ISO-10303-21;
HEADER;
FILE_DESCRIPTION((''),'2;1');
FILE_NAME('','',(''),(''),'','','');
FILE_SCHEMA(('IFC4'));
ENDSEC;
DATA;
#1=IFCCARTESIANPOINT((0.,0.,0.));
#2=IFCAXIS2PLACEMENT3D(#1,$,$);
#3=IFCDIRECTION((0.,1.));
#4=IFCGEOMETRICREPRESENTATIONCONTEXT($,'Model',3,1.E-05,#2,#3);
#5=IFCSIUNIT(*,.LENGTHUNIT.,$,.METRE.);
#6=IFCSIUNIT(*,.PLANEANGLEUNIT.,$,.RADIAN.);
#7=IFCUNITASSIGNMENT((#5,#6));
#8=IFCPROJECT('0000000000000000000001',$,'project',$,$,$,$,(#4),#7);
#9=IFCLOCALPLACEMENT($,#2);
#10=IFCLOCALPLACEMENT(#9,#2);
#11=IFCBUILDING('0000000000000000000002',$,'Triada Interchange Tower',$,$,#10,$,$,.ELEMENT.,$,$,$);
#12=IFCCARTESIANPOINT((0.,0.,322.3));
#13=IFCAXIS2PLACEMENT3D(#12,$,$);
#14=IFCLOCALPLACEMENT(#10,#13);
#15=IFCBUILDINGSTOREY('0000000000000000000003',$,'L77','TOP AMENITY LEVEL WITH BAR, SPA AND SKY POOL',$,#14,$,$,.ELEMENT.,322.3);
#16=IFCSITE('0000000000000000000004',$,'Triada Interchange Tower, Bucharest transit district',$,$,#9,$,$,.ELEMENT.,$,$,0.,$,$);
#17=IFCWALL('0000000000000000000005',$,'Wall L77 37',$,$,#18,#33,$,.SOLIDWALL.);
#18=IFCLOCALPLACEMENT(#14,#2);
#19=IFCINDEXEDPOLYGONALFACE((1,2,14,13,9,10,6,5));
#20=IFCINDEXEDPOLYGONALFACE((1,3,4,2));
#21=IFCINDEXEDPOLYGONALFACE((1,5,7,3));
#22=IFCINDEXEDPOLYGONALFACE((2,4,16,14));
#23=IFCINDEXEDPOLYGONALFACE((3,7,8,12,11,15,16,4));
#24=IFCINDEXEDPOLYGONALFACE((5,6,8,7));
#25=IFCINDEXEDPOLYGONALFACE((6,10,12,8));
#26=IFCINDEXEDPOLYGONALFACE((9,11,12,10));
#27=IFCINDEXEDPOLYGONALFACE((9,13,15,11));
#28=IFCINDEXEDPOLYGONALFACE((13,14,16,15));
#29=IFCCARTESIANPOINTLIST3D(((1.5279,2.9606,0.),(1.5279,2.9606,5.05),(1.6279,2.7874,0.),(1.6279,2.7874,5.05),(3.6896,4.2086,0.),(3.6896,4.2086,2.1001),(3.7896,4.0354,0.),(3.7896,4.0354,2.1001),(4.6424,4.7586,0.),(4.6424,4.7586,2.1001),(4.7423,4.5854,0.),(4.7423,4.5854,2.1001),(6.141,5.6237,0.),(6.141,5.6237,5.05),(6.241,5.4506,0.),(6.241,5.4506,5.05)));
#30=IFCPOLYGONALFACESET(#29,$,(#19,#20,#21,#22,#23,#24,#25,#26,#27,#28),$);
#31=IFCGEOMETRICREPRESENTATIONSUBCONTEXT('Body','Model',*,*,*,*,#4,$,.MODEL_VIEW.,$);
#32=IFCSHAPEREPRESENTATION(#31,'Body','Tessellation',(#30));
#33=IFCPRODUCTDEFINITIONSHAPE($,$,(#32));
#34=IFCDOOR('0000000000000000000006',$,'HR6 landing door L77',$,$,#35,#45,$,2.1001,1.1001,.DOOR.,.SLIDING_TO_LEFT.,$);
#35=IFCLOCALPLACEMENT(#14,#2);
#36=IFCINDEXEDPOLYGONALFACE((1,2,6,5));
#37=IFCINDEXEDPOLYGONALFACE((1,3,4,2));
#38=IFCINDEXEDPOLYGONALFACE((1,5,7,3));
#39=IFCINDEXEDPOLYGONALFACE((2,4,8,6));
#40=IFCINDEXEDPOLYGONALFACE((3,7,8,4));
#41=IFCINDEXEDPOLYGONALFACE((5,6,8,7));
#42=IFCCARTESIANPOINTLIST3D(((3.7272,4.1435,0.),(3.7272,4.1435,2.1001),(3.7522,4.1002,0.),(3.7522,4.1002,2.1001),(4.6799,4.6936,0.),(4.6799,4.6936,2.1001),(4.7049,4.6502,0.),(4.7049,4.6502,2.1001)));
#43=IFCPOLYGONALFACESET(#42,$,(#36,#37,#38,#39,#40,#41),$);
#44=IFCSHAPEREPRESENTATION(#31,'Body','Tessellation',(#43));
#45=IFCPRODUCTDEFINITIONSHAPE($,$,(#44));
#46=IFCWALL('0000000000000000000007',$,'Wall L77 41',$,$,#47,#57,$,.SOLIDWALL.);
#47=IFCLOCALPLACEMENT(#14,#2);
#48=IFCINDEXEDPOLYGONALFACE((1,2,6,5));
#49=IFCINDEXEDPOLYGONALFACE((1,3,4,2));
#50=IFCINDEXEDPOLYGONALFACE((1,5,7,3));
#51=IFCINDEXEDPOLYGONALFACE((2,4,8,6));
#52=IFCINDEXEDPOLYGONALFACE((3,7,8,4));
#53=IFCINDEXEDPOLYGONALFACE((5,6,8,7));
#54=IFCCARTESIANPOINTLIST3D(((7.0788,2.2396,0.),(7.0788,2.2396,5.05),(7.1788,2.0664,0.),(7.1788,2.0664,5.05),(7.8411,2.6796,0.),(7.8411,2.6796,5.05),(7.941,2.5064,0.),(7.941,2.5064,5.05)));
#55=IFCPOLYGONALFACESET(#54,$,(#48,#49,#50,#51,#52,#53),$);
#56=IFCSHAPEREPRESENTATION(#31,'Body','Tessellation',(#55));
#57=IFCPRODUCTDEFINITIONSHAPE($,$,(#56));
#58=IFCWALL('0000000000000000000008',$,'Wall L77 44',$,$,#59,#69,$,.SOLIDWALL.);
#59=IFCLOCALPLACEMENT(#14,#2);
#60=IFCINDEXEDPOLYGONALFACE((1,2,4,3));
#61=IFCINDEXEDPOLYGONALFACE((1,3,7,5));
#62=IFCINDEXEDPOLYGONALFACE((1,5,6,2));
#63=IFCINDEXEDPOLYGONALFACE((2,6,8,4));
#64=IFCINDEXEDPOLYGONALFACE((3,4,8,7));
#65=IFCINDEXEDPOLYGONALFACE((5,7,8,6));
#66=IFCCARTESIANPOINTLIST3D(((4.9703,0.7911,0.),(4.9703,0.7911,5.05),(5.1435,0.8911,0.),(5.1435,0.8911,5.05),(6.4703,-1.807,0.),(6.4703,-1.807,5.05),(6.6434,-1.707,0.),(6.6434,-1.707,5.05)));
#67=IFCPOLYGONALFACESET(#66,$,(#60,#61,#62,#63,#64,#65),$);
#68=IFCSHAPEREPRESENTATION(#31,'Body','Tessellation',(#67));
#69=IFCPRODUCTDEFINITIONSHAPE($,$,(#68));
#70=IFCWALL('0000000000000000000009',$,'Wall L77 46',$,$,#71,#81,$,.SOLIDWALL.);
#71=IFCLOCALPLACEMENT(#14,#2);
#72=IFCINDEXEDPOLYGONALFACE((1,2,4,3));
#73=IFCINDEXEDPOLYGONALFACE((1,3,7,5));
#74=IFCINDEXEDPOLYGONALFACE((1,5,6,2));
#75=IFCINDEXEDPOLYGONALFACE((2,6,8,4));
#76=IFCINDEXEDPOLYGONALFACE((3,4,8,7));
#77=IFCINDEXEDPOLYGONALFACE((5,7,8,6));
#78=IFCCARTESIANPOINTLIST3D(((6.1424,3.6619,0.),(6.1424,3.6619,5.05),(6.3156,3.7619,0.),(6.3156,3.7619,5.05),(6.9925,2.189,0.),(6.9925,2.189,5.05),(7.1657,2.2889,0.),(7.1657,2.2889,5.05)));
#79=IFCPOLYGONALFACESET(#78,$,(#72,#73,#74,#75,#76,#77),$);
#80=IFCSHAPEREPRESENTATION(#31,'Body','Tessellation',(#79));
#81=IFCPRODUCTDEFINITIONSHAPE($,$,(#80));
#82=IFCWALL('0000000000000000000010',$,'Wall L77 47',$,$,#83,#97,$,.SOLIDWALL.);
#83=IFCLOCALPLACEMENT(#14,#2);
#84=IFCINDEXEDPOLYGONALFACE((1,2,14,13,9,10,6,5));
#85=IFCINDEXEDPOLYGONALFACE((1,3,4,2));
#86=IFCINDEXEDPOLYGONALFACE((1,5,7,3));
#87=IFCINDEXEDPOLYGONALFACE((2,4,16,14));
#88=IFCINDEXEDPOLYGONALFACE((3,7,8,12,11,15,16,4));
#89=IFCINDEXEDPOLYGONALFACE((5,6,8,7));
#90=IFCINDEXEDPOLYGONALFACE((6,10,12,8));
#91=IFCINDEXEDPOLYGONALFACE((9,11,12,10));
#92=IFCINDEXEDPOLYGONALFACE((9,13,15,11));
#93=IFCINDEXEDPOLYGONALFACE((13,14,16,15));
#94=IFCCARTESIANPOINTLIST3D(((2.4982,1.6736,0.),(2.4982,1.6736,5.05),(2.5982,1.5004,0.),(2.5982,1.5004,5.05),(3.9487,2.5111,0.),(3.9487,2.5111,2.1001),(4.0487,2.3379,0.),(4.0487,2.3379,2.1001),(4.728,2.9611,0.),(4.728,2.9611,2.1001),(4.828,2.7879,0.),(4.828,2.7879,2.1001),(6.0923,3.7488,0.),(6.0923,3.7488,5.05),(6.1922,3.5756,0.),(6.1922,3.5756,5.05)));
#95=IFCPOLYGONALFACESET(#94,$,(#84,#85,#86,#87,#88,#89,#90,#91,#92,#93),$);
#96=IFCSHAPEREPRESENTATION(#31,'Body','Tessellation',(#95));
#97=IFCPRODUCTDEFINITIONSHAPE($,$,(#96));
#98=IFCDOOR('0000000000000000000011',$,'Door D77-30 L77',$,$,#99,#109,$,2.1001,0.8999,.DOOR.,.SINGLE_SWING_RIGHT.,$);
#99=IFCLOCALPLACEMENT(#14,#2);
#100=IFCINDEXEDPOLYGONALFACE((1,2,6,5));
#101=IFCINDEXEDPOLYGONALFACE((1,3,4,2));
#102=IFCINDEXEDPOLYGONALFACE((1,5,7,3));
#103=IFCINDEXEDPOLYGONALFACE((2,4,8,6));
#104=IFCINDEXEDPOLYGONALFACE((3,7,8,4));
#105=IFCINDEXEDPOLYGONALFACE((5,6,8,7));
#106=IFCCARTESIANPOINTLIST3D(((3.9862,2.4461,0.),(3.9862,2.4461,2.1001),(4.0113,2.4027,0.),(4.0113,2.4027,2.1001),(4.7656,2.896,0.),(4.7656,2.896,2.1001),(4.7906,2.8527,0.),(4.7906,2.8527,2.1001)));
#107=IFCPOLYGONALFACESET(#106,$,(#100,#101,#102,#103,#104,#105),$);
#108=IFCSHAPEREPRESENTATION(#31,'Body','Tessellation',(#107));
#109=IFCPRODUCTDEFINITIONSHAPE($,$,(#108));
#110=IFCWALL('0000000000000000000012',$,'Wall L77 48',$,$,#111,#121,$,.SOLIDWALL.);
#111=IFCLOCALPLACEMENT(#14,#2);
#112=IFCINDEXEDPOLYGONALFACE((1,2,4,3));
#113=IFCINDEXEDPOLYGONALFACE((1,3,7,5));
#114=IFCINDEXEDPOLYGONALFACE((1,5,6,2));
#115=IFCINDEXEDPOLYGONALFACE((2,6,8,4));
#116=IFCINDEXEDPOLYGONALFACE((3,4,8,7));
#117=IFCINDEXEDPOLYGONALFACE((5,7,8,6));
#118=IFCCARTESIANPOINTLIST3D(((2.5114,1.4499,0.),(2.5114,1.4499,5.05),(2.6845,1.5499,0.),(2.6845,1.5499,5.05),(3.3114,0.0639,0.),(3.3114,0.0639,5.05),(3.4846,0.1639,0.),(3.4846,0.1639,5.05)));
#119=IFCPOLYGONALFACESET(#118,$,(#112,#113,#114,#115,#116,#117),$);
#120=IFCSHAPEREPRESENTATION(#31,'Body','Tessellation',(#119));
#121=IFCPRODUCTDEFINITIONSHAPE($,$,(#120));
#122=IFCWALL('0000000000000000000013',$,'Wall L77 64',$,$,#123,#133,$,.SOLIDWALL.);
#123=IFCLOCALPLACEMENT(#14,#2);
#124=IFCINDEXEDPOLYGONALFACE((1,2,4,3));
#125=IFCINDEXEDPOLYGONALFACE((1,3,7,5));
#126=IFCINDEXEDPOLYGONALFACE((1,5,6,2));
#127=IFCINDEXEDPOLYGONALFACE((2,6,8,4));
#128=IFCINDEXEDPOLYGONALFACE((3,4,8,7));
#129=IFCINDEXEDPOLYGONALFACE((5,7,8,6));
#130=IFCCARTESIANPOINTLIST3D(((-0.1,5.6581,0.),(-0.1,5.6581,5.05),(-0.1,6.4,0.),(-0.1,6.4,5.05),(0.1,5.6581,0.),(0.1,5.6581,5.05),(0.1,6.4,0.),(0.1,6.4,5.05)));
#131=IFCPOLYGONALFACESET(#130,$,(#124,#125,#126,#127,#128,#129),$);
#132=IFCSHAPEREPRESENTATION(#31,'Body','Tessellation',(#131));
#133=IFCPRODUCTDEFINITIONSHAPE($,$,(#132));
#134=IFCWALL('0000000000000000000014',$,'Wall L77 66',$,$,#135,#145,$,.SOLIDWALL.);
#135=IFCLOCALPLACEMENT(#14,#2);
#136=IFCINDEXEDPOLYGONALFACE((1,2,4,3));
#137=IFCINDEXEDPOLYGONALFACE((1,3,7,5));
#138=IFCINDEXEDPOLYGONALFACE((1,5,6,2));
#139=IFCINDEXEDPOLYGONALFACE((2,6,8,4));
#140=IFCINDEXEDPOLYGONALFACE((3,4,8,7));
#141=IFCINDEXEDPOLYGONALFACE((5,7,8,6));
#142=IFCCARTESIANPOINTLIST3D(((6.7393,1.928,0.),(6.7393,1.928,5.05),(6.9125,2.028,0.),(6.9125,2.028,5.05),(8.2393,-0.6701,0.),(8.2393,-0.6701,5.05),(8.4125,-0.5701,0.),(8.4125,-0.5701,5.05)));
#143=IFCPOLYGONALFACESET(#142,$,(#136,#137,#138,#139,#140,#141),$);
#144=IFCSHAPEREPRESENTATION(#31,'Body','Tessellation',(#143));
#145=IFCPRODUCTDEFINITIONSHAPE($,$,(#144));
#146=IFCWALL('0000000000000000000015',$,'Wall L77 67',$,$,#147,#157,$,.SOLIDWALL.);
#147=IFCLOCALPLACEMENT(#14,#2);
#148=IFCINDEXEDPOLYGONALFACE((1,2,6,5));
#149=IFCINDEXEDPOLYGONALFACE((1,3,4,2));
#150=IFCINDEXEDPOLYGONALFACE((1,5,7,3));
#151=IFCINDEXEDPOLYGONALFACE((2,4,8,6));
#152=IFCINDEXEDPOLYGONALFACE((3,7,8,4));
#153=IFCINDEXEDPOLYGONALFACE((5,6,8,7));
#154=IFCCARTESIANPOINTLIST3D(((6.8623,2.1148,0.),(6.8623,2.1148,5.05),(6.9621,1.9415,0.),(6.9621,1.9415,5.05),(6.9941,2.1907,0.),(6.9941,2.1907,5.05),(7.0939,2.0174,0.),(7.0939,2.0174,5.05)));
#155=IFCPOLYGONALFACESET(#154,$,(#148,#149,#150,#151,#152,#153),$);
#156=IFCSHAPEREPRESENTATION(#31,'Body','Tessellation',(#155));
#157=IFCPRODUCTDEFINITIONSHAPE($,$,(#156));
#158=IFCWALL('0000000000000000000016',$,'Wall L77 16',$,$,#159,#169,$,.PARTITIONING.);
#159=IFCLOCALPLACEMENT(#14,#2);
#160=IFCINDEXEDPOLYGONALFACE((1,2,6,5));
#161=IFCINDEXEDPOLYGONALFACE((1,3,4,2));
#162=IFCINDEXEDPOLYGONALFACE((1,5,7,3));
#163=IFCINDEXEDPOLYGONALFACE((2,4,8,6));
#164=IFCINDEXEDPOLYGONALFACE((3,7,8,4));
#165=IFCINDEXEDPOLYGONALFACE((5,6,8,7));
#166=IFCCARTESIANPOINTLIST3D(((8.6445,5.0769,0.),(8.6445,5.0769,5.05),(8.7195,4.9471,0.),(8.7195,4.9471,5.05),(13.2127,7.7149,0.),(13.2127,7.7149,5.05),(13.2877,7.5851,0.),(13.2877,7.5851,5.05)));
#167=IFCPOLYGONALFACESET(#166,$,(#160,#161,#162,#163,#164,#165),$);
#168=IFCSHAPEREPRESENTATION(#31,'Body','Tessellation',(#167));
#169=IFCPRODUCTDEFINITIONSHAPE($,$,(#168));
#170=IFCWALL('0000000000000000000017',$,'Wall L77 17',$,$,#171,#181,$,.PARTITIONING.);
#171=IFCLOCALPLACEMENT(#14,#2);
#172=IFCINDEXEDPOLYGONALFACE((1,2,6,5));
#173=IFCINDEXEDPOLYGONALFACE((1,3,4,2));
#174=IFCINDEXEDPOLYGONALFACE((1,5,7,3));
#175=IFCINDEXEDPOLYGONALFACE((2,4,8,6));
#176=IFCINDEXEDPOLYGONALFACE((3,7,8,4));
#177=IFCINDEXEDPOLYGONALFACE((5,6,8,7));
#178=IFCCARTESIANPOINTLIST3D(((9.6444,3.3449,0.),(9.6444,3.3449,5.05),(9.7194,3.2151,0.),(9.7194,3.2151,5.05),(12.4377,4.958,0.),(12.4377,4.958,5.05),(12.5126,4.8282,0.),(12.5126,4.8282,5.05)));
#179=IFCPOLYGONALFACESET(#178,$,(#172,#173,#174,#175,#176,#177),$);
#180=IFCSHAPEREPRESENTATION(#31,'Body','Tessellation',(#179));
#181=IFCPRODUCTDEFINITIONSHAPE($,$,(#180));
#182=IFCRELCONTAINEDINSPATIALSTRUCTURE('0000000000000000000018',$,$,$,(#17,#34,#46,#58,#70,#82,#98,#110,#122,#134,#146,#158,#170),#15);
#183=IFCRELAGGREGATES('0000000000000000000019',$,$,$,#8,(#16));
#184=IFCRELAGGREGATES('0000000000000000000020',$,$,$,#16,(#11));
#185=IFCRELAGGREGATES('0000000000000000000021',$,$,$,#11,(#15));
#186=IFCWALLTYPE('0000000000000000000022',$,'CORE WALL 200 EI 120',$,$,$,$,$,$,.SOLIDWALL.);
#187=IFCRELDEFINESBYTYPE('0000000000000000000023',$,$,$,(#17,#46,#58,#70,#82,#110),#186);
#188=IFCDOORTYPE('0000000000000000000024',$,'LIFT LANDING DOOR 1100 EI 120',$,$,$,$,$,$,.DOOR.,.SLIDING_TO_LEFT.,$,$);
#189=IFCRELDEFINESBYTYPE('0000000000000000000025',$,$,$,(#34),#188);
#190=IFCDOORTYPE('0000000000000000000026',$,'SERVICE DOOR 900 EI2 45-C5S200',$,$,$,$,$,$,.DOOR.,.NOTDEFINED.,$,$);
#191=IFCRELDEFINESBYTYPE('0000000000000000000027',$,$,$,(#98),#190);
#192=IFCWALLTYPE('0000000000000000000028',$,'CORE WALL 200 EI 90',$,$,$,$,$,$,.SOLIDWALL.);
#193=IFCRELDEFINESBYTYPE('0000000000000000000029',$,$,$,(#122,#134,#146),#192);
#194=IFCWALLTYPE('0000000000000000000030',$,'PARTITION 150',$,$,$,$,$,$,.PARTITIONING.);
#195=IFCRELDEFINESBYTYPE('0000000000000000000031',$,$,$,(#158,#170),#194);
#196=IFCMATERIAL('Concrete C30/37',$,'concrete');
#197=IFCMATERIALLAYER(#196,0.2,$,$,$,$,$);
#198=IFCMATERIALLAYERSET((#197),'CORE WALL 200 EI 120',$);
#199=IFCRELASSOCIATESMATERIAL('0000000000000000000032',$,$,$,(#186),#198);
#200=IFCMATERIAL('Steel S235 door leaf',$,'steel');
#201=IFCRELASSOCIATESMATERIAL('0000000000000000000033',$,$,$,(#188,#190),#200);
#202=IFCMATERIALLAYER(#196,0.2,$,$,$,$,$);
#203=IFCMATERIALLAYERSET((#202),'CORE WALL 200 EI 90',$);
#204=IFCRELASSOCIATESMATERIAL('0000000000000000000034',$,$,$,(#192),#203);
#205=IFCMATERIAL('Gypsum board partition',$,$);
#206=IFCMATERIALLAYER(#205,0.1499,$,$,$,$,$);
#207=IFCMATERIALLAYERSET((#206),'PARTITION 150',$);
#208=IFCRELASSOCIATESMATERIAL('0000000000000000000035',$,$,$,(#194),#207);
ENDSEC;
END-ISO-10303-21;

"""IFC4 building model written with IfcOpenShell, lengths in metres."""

from ifc_helpers import new_model, si_unit, direction, frame, frame_2d, origin, place, context, subcontext, project, spatial, rectangle, extrude, material, layer, layer_set, type_object, element, fill, save


model = new_model("IFC4")

# Units and contexts
model_context = context("Model", 3, precision=1e-05, world=origin(), true_north=direction((0.0, 1.0)))
body_context = subcontext(model_context, "Body", "Model", "MODEL_VIEW")
ifc_project = project(units=[si_unit("LENGTHUNIT", "METRE"), si_unit("PLANEANGLEUNIT", "RADIAN")], contexts=[model_context])

# Site, building, storey
site_placement = place(None, origin())
site = spatial("IfcSite", under=ifc_project, at=site_placement, Name="Triada Interchange Tower, Bucharest transit district", CompositionType="ELEMENT", RefElevation=0.0)
building_placement = place(site_placement, origin())
building = spatial("IfcBuilding", under=site, at=building_placement, Name="Triada Interchange Tower", CompositionType="ELEMENT")
storey_placement = place(building_placement, frame((0.0, 0.0, 322.3)))
storey = spatial("IfcBuildingStorey", under=building, at=storey_placement, Name="L77", Description="TOP AMENITY LEVEL WITH BAR, SPA AND SKY POOL", CompositionType="ELEMENT", Elevation=322.3)

# Wall, opening, door
ifc_material_1 = material(Name="Concrete C30/37", Category="concrete")
ifc_layer_1 = layer(ifc_material_1, 0.2)
ifc_layer_set_1 = layer_set([ifc_layer_1], Name="CORE WALL 200 EI 120")
wall_type_1 = type_object("IfcWallType", Name="CORE WALL 200 EI 120", PredefinedType="SOLIDWALL", material=ifc_layer_set_1)
ifc_material_2 = material(Name="Steel S235 door leaf", Category="steel")
door_type_1 = type_object("IfcDoorType", Name="LIFT LANDING DOOR 1100 EI 120", OperationType="SLIDING_TO_LEFT", PredefinedType="DOOR", material=ifc_material_2)
wall_1_placement = place(storey_placement, frame((1.5779, 2.874, 0.0), z_axis=(0.0, 0.0, 1.0), x_axis=(0.866046, 0.499964, 0.0)))
wall_1 = element("IfcWall", 1, at=wall_1_placement, inside=storey, type_object=wall_type_1, Name="Wall L77 37", PredefinedType="SOLIDWALL", context=body_context, shape_type="SweptSolid", body=[
    extrude(rectangle(XDim=5.3267, YDim=0.2, at=frame_2d((2.6633, 0.0))), origin(), (0.0, 0.0, 1.0), 5.05),
])
opening_1_placement = place(wall_1_placement, frame((2.4961, 0.0, 0.0)))
opening_1 = element("IfcOpeningElement", 2, at=opening_1_placement, cuts=wall_1, PredefinedType="OPENING", context=body_context, shape_type="SweptSolid", body=[
    extrude(rectangle(XDim=1.1001, YDim=2.1001, at=frame_2d((0.55, 1.05))), frame((0.0, 0.1099, 0.0), z_axis=(0.0, -1.0, 0.0), x_axis=(1.0, 0.0, 0.0)), (0.0, 0.0, 1.0), 0.22),
])
door_1_placement = place(opening_1_placement, origin())
door_1 = element("IfcDoor", 3, at=door_1_placement, inside=storey, type_object=door_type_1, Name="HR6 landing door L77", OperationType="SLIDING_TO_LEFT", OverallHeight=2.1001, OverallWidth=1.1001, PredefinedType="DOOR", context=body_context, shape_type="SweptSolid", body=[
    extrude(rectangle(XDim=1.1001, YDim=2.1001, at=frame_2d((0.55, 1.05))), frame((0.0, 0.0249, 0.0), z_axis=(0.0, -1.0, 0.0), x_axis=(1.0, 0.0, 0.0)), (0.0, 0.0, 1.0), 0.05),
])
fill(opening_1, door_1)

# Walls
wall_2_placement = place(storey_placement, frame((7.1289, 2.1531, 0.0), z_axis=(0.0, 0.0, 1.0), x_axis=(0.866084, 0.499899, 0.0)))
element("IfcWall", 4, at=wall_2_placement, inside=storey, type_object=wall_type_1, Name="Wall L77 41", PredefinedType="SOLIDWALL", context=body_context, shape_type="SweptSolid", body=[
    extrude(rectangle(XDim=0.8801, YDim=0.2, at=frame_2d((0.4399, 0.0))), origin(), (0.0, 0.0, 1.0), 5.05),
])
wall_3_placement = place(storey_placement, frame((5.0569, 0.8411, 0.0), z_axis=(0.0, 0.0, 1.0), x_axis=(0.49999, -0.866031, 0.0)))
element("IfcWall", 5, at=wall_3_placement, inside=storey, type_object=wall_type_1, Name="Wall L77 44", PredefinedType="SOLIDWALL", context=body_context, shape_type="SweptSolid", body=[
    extrude(rectangle(XDim=3.0, YDim=0.2, at=frame_2d((1.5, 0.0))), origin(), (0.0, 0.0, 1.0), 5.05),
])
wall_4_placement = place(storey_placement, frame((6.229, 3.7119, 0.0), z_axis=(0.0, 0.0, 1.0), x_axis=(0.499876, -0.866097, 0.0)))
element("IfcWall", 6, at=wall_4_placement, inside=storey, type_object=wall_type_1, Name="Wall L77 46", PredefinedType="SOLIDWALL", context=body_context, shape_type="SweptSolid", body=[
    extrude(rectangle(XDim=1.7007, YDim=0.2, at=frame_2d((0.8503, 0.0))), origin(), (0.0, 0.0, 1.0), 5.05),
])

# Wall, opening, door
wall_5_placement = place(storey_placement, frame((2.5481, 1.5869, 0.0), z_axis=(0.0, 0.0, 1.0), x_axis=(0.866004, 0.500036, 0.0)))
wall_5 = element("IfcWall", 7, at=wall_5_placement, inside=storey, type_object=wall_type_1, Name="Wall L77 47", PredefinedType="SOLIDWALL", context=body_context, shape_type="SweptSolid", body=[
    extrude(rectangle(XDim=4.1501, YDim=0.2, at=frame_2d((2.0752, 0.0))), origin(), (0.0, 0.0, 1.0), 5.05),
])
opening_2_placement = place(wall_5_placement, frame((1.675, 0.0, 0.0)))
opening_2 = element("IfcOpeningElement", 8, at=opening_2_placement, cuts=wall_5, PredefinedType="OPENING", context=body_context, shape_type="SweptSolid", body=[
    extrude(rectangle(XDim=0.8999, YDim=2.1001, at=frame_2d((0.45, 1.05))), frame((0.0, 0.1099, 0.0), z_axis=(0.0, -1.0, 0.0), x_axis=(1.0, 0.0, 0.0)), (0.0, 0.0, 1.0), 0.22),
])
door_type_2 = type_object("IfcDoorType", Name="SERVICE DOOR 900 EI2 45-C5S200", OperationType="NOTDEFINED", PredefinedType="DOOR", material=ifc_material_2)
door_2_placement = place(opening_2_placement, origin())
door_2 = element("IfcDoor", 9, at=door_2_placement, inside=storey, type_object=door_type_2, Name="Door D77-30 L77", OperationType="SINGLE_SWING_RIGHT", OverallHeight=2.1001, OverallWidth=0.8999, PredefinedType="DOOR", context=body_context, shape_type="SweptSolid", body=[
    extrude(rectangle(XDim=0.8999, YDim=2.1001, at=frame_2d((0.45, 1.05))), frame((0.0, 0.0249, 0.0), z_axis=(0.0, -1.0, 0.0), x_axis=(1.0, 0.0, 0.0)), (0.0, 0.0, 1.0), 0.05),
])
fill(opening_2, door_2)

# Walls
wall_6_placement = place(storey_placement, frame((2.5979, 1.5, 0.0), z_axis=(0.0, 0.0, 1.0), x_axis=(0.499929, -0.866066, 0.0)))
element("IfcWall", 10, at=wall_6_placement, inside=storey, type_object=wall_type_1, Name="Wall L77 48", PredefinedType="SOLIDWALL", context=body_context, shape_type="SweptSolid", body=[
    extrude(rectangle(XDim=1.6003, YDim=0.2, at=frame_2d((0.8003, 0.0))), origin(), (0.0, 0.0, 1.0), 5.05),
])
ifc_layer_2 = layer(ifc_material_1, 0.2)
ifc_layer_set_2 = layer_set([ifc_layer_2], Name="CORE WALL 200 EI 90")
wall_type_2 = type_object("IfcWallType", Name="CORE WALL 200 EI 90", PredefinedType="SOLIDWALL", material=ifc_layer_set_2)
wall_7_placement = place(storey_placement, frame((0.0, 5.658, 0.0), z_axis=(0.0, 0.0, 1.0), x_axis=(0.0, 1.0, 0.0)))
element("IfcWall", 11, at=wall_7_placement, inside=storey, type_object=wall_type_2, Name="Wall L77 64", PredefinedType="SOLIDWALL", context=body_context, shape_type="SweptSolid", body=[
    extrude(rectangle(XDim=0.7419, YDim=0.2, at=frame_2d((0.3711, 0.0))), origin(), (0.0, 0.0, 1.0), 5.05),
])
wall_8_placement = place(storey_placement, frame((6.8259, 1.978, 0.0), z_axis=(0.0, 0.0, 1.0), x_axis=(0.49999, -0.866031, 0.0)))
element("IfcWall", 12, at=wall_8_placement, inside=storey, type_object=wall_type_2, Name="Wall L77 66", PredefinedType="SOLIDWALL", context=body_context, shape_type="SweptSolid", body=[
    extrude(rectangle(XDim=3.0, YDim=0.2, at=frame_2d((1.5, 0.0))), origin(), (0.0, 0.0, 1.0), 5.05),
])
wall_9_placement = place(storey_placement, frame((6.9121, 2.0281, 0.0), z_axis=(0.0, 0.0, 1.0), x_axis=(0.866559, 0.499074, 0.0)))
element("IfcWall", 13, at=wall_9_placement, inside=storey, type_object=wall_type_2, Name="Wall L77 67", PredefinedType="SOLIDWALL", context=body_context, shape_type="SweptSolid", body=[
    extrude(rectangle(XDim=0.1521, YDim=0.2, at=frame_2d((0.0762, 0.0))), origin(), (0.0, 0.0, 1.0), 5.05),
])
ifc_material_3 = material(Name="Gypsum board partition")
ifc_layer_3 = layer(ifc_material_3, 0.1499)
ifc_layer_set_3 = layer_set([ifc_layer_3], Name="PARTITION 150")
wall_type_3 = type_object("IfcWallType", Name="PARTITION 150", PredefinedType="PARTITIONING", material=ifc_layer_set_3)
wall_10_placement = place(storey_placement, frame((8.6819, 5.012, 0.0), z_axis=(0.0, 0.0, 1.0), x_axis=(0.865981, 0.500076, 0.0)))
element("IfcWall", 14, at=wall_10_placement, inside=storey, type_object=wall_type_3, Name="Wall L77 16", PredefinedType="PARTITIONING", context=body_context, shape_type="SweptSolid", body=[
    extrude(rectangle(XDim=5.2751, YDim=0.1499, at=frame_2d((2.6377, 0.0))), origin(), (0.0, 0.0, 1.0), 5.05),
])
wall_11_placement = place(storey_placement, frame((9.6819, 3.28, 0.0), z_axis=(0.0, 0.0, 1.0), x_axis=(0.865975, 0.500087, 0.0)))
element("IfcWall", 15, at=wall_11_placement, inside=storey, type_object=wall_type_3, Name="Wall L77 17", PredefinedType="PARTITIONING", context=body_context, shape_type="SweptSolid", body=[
    extrude(rectangle(XDim=3.2256, YDim=0.1499, at=frame_2d((1.6128, 0.0))), origin(), (0.0, 0.0, 1.0), 5.05),
])

save(model, "model.ifc")
